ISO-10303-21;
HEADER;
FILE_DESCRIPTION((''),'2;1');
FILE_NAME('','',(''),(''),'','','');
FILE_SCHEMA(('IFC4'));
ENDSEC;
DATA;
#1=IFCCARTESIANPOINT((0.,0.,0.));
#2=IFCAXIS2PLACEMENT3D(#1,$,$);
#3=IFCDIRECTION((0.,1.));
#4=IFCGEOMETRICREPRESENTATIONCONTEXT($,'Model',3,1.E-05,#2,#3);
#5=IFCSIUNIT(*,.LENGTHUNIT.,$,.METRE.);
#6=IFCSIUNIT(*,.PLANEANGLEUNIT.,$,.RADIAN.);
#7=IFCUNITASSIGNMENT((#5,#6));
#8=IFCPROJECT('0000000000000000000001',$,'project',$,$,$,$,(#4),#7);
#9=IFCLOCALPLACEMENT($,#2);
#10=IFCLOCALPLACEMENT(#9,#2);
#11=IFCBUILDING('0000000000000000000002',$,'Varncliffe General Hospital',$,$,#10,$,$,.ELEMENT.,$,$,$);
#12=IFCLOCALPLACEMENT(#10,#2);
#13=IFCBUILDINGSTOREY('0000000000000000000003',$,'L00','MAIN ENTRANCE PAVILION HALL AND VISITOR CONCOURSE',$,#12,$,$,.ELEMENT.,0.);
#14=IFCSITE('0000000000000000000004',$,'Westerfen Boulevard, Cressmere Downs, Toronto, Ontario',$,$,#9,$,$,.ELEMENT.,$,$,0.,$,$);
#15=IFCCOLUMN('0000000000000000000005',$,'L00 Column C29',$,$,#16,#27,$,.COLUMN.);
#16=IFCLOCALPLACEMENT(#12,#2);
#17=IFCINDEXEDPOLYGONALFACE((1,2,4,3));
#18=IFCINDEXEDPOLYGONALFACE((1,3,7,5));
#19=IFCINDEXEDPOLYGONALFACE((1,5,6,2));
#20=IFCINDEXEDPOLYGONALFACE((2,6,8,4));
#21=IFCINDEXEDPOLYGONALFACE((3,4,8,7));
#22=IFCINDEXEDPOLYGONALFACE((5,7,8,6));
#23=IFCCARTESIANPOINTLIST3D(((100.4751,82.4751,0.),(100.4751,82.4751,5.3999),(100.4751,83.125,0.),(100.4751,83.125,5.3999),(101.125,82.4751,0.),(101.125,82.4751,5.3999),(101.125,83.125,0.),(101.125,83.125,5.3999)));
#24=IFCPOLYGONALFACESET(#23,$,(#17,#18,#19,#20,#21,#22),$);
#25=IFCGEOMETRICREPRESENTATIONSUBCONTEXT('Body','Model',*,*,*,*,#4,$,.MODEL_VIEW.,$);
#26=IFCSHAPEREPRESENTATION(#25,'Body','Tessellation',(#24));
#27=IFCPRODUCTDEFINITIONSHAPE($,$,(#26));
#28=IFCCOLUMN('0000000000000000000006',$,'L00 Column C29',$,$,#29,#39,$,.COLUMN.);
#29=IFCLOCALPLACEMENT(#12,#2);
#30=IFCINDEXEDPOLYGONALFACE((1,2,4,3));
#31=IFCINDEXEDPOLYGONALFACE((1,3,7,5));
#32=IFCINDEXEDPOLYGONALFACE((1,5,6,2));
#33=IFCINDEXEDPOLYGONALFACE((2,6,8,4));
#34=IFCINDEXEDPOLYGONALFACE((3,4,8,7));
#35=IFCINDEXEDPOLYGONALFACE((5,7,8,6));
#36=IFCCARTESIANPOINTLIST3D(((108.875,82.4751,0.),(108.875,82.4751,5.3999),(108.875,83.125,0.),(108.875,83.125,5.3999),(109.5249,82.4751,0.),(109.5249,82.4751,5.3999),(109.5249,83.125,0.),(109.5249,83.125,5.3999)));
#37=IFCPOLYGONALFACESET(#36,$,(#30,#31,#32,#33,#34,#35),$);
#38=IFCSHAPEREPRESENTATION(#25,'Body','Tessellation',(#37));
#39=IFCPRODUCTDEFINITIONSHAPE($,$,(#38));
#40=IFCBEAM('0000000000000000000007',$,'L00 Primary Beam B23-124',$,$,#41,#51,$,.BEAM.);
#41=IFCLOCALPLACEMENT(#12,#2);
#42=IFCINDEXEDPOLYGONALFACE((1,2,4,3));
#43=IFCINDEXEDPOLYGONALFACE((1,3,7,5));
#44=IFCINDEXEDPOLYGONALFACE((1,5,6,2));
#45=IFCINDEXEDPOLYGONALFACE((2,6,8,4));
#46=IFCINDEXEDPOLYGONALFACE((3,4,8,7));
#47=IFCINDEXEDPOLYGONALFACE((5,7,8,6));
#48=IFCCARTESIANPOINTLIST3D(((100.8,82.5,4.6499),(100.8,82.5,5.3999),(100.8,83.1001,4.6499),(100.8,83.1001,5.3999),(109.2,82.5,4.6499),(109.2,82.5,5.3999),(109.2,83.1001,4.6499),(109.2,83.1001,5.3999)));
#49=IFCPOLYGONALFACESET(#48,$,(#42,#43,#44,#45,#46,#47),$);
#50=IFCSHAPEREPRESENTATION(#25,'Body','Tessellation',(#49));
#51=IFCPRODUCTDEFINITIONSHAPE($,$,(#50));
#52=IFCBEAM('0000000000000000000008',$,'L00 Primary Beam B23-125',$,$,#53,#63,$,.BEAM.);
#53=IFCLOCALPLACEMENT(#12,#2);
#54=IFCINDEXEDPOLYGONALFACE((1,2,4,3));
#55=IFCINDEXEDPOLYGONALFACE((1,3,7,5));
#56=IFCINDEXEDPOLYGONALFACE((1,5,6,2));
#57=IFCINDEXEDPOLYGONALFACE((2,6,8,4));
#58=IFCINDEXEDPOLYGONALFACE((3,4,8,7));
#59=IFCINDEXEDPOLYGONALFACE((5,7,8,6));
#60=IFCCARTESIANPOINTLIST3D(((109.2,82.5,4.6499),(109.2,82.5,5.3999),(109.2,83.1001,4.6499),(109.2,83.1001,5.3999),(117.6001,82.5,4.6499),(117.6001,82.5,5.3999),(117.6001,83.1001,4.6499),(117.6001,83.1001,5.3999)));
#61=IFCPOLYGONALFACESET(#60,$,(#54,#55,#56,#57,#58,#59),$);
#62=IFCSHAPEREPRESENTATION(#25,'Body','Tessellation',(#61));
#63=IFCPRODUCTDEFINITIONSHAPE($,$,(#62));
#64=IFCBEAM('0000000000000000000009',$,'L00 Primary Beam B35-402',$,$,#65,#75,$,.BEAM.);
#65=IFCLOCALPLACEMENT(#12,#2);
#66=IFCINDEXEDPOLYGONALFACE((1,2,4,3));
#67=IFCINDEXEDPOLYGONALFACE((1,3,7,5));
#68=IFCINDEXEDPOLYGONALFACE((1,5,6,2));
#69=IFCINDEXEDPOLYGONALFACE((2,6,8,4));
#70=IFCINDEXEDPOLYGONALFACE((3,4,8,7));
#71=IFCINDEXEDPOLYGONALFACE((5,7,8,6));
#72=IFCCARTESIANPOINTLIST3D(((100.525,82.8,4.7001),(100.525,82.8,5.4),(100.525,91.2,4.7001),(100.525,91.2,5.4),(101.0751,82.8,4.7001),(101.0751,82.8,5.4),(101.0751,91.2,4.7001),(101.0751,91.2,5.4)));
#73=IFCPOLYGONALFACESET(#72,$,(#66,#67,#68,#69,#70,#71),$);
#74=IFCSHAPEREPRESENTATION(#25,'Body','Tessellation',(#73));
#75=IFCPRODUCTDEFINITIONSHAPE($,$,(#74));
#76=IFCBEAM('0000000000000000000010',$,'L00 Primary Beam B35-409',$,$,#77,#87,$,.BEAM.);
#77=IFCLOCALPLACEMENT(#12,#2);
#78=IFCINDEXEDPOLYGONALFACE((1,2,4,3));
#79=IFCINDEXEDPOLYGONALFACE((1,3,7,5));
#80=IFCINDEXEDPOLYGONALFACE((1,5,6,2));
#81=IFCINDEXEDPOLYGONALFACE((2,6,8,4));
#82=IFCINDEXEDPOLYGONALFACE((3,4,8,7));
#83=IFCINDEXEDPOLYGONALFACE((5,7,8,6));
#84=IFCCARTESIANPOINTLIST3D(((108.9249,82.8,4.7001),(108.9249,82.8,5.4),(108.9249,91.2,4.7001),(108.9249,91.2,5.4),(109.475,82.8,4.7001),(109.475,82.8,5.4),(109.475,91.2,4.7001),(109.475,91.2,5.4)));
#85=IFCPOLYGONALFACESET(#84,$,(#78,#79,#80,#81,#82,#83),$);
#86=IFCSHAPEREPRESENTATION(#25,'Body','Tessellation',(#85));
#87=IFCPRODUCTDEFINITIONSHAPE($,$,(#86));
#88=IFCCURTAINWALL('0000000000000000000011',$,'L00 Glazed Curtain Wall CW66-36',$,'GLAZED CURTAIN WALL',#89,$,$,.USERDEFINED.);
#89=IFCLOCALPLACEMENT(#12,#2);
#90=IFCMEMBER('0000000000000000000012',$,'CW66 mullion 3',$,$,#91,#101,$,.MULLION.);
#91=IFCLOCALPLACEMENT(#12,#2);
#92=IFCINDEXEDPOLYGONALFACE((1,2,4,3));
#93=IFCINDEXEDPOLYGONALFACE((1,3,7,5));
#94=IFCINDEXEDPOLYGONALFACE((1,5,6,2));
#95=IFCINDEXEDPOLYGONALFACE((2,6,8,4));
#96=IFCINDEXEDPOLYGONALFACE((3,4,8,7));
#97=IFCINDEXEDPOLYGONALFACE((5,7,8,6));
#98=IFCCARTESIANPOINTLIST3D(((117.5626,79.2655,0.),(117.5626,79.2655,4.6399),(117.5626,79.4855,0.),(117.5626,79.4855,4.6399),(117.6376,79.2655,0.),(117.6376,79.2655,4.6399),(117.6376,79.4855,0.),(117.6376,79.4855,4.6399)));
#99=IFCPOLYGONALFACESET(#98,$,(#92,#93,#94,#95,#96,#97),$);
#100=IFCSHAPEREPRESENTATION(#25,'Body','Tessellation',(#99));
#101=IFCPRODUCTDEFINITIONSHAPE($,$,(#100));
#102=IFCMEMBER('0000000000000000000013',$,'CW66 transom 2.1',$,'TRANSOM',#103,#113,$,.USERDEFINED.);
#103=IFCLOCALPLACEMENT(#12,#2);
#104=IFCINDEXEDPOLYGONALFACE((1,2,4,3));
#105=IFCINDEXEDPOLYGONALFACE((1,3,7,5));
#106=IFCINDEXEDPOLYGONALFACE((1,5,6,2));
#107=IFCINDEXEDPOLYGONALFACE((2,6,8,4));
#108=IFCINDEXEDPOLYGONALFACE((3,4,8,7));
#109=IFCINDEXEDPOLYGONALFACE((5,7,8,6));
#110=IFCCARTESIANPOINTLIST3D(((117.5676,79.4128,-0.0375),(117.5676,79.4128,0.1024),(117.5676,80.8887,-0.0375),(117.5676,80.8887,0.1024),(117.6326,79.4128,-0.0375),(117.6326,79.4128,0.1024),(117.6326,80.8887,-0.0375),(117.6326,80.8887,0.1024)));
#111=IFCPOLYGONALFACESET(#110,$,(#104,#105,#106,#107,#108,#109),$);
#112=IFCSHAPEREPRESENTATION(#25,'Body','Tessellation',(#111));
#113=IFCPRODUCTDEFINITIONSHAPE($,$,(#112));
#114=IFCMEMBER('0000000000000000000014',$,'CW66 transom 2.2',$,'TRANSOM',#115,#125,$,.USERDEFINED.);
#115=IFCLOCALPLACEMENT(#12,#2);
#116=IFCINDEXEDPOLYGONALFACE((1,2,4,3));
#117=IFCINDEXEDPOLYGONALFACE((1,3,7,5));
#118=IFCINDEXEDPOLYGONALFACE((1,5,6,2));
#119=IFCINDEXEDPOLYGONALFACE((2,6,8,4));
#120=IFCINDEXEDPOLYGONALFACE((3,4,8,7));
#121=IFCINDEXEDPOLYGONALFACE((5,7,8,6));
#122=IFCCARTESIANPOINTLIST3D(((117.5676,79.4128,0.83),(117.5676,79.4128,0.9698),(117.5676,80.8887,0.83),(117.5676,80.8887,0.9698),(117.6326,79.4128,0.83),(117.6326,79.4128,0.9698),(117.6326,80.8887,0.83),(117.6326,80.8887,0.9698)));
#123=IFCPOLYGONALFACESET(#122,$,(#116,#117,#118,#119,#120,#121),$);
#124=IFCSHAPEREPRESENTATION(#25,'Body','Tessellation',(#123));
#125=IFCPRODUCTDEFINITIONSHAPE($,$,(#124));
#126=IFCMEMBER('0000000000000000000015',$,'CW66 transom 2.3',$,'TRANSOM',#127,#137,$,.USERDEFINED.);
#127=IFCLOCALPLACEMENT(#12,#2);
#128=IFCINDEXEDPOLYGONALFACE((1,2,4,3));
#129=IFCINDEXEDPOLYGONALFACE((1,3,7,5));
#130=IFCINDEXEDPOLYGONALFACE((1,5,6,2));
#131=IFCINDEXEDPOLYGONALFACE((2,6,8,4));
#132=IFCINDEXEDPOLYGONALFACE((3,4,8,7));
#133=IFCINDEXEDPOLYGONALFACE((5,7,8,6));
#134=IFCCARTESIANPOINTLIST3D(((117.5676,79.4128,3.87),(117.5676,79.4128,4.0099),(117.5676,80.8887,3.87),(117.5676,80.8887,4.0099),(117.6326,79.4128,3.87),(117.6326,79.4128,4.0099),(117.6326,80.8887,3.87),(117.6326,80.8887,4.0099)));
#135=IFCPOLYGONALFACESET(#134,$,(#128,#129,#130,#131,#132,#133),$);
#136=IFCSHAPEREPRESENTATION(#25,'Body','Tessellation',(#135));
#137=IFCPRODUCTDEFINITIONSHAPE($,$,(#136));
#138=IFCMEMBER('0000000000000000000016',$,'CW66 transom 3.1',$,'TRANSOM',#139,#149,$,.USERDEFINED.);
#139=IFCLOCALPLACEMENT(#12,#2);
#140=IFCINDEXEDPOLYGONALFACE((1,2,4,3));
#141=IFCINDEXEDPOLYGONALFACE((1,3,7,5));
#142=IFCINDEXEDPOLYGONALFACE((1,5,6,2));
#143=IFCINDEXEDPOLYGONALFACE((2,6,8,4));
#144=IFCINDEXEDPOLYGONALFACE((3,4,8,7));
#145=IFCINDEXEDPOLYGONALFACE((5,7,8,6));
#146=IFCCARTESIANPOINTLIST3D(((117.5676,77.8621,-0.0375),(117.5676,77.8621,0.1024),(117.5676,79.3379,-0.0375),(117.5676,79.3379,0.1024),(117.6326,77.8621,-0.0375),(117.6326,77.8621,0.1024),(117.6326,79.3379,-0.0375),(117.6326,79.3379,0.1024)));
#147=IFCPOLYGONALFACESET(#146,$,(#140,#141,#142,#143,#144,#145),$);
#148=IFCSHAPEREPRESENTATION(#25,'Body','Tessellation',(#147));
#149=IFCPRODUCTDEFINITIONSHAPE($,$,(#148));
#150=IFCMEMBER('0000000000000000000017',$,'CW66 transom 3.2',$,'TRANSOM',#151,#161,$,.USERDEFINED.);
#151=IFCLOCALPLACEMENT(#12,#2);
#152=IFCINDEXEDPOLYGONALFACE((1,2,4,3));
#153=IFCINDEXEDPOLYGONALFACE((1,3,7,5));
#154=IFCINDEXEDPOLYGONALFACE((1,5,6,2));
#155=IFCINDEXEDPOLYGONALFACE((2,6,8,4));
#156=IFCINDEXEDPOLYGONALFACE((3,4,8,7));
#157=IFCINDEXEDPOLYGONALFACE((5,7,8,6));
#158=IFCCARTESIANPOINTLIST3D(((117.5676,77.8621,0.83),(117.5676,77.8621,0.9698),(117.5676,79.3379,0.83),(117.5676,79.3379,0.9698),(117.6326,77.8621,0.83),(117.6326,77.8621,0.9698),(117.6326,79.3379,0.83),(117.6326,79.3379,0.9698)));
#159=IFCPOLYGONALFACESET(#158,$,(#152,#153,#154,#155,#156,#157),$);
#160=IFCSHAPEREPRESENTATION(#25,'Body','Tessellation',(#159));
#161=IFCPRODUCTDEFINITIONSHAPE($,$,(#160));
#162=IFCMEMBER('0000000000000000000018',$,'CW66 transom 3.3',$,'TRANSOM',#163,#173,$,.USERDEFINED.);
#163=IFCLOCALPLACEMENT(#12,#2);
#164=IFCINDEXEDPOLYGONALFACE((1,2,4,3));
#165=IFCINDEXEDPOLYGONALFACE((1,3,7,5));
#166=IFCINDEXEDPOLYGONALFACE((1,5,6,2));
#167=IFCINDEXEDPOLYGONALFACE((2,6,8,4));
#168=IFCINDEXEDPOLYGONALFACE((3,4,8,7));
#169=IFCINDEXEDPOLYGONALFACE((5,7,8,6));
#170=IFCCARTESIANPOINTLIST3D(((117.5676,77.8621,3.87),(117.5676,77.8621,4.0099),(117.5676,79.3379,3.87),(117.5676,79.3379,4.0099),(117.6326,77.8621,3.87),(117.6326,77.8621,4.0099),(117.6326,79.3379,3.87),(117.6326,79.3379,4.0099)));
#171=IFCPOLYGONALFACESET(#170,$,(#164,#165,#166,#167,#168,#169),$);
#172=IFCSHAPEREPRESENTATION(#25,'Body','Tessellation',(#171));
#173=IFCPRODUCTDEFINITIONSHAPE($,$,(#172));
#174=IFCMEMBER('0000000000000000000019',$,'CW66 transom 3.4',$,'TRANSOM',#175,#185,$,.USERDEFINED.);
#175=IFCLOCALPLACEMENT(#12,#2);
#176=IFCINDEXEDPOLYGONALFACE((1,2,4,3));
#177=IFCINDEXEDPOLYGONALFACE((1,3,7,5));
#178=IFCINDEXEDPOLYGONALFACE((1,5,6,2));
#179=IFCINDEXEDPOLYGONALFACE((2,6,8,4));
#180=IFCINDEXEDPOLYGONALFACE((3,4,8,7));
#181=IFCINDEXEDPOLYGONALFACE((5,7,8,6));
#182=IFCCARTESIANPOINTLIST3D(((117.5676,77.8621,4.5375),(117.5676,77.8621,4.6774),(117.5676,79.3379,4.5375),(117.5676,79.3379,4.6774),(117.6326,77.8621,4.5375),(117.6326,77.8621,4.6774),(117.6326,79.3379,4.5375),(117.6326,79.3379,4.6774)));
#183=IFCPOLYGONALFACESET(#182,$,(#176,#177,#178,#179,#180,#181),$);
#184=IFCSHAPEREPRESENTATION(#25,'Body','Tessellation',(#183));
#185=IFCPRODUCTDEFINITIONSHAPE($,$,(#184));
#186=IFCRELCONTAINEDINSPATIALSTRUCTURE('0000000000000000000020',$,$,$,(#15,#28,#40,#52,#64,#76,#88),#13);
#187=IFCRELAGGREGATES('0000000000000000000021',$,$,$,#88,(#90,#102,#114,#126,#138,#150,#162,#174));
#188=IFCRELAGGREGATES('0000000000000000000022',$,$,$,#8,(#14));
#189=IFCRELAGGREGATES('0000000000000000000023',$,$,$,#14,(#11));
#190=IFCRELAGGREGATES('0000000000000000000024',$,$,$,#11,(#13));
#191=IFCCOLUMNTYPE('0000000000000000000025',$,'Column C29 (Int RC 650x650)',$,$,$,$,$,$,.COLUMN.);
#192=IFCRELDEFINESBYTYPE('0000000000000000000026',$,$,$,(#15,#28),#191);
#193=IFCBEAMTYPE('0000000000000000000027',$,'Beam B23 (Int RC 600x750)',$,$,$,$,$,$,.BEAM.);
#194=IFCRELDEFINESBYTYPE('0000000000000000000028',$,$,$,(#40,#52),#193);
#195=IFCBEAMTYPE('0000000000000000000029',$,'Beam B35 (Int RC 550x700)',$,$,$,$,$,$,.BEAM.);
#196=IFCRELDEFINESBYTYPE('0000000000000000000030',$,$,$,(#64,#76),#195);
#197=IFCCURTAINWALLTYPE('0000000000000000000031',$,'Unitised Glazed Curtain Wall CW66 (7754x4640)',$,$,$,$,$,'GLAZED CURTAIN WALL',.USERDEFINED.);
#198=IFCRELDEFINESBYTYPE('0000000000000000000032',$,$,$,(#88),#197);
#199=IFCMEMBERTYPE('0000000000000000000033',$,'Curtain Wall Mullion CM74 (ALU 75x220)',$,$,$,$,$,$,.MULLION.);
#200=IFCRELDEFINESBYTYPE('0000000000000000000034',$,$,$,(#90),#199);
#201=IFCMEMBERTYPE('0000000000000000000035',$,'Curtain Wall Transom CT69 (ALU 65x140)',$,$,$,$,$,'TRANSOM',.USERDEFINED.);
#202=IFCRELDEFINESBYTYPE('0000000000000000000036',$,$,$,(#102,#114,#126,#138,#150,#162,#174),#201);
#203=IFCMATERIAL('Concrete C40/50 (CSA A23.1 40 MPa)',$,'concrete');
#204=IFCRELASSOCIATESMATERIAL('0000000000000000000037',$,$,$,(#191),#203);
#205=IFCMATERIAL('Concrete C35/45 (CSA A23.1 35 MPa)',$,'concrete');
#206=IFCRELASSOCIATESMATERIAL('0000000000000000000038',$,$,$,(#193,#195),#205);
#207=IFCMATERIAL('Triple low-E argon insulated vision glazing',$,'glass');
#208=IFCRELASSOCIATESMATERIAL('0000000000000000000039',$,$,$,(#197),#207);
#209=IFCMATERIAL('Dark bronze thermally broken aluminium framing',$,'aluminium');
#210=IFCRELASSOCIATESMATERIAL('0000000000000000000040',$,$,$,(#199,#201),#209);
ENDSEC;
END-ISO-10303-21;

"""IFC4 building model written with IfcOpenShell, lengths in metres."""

from ifc_helpers import new_model, si_unit, direction, frame, origin, origin_2d, place, context, subcontext, project, spatial, rectangle, extrude, material, material_profile, profile_set, type_object, element, aggregate, save


model = new_model("IFC4")

# Units and contexts
model_context = context("Model", 3, precision=1e-05, world=origin(), true_north=direction((0.0, 1.0)))
body_context = subcontext(model_context, "Body", "Model", "MODEL_VIEW")
ifc_project = project(units=[si_unit("LENGTHUNIT", "METRE"), si_unit("PLANEANGLEUNIT", "RADIAN")], contexts=[model_context])

# Site, building, storey
site_placement = place(None, origin())
site = spatial("IfcSite", under=ifc_project, at=site_placement, Name="Westerfen Boulevard, Cressmere Downs, Toronto, Ontario", CompositionType="ELEMENT", RefElevation=0.0)
building_placement = place(site_placement, origin())
building = spatial("IfcBuilding", under=site, at=building_placement, Name="Varncliffe General Hospital", CompositionType="ELEMENT")
storey_placement = place(building_placement, origin())
storey = spatial("IfcBuildingStorey", under=building, at=storey_placement, Name="L00", Description="MAIN ENTRANCE PAVILION HALL AND VISITOR CONCOURSE", CompositionType="ELEMENT", Elevation=0.0)

# Columns
ifc_material_1 = material(Name="Concrete C40/50 (CSA A23.1 40 MPa)", Category="concrete")
ifc_material_profile_1 = material_profile(ifc_material_1, rectangle(XDim=0.6499, YDim=0.6499, at=origin_2d()), Name="RC 650x650")
ifc_profile_set_1 = profile_set([ifc_material_profile_1], Name="Concrete C40/50 (CSA A23.1 40 MPa)")
column_type = type_object("IfcColumnType", Name="Column C29 (Int RC 650x650)", PredefinedType="COLUMN", material=ifc_profile_set_1)
for number, where, z_axis, x_axis, name in (
    (1, (100.8, 82.8, 0.0), (0.0, 0.0, 1.0), (1.0, 0.0, 0.0), "L00 Column C29"),
    (2, (109.2, 82.8, 0.0), (0.0, 0.0, 1.0), (1.0, 0.0, 0.0), "L00 Column C29"),
):
    element("IfcColumn", number, at=place(storey_placement, frame(where, z_axis=z_axis, x_axis=x_axis)), inside=storey, type_object=column_type, Name=name, PredefinedType="COLUMN", context=body_context, shape_type="SweptSolid", body=[
        extrude(rectangle(XDim=0.6499, YDim=0.6499, at=origin_2d()), origin(), (0.0, 0.0, 1.0), 5.3999),
    ])

# Beams
ifc_material_2 = material(Name="Concrete C35/45 (CSA A23.1 35 MPa)", Category="concrete")
ifc_material_profile_2 = material_profile(ifc_material_2, rectangle(XDim=0.6001, YDim=0.75, at=origin_2d()), Name="RC 600x750")
ifc_profile_set_2 = profile_set([ifc_material_profile_2], Name="Concrete C35/45 (CSA A23.1 35 MPa)")
beam_type_1 = type_object("IfcBeamType", Name="Beam B23 (Int RC 600x750)", PredefinedType="BEAM", material=ifc_profile_set_2)
beam_1_placement = place(storey_placement, frame((100.8, 82.8, 5.0249), z_axis=(1.0, 0.0, 0.0), x_axis=(0.0, 1.0, 0.0)))
element("IfcBeam", 3, at=beam_1_placement, inside=storey, type_object=beam_type_1, Name="L00 Primary Beam B23-124", PredefinedType="BEAM", context=body_context, shape_type="SweptSolid", body=[
    extrude(rectangle(XDim=0.6001, YDim=0.75, at=origin_2d()), origin(), (0.0, 0.0, 1.0), 8.3999),
])
beam_2_placement = place(storey_placement, frame((109.2, 82.8, 5.0249), z_axis=(1.0, 0.0, 0.0), x_axis=(0.0, 1.0, 0.0)))
element("IfcBeam", 4, at=beam_2_placement, inside=storey, type_object=beam_type_1, Name="L00 Primary Beam B23-125", PredefinedType="BEAM", context=body_context, shape_type="SweptSolid", body=[
    extrude(rectangle(XDim=0.6001, YDim=0.75, at=origin_2d()), origin(), (0.0, 0.0, 1.0), 8.4001),
])
ifc_material_profile_3 = material_profile(ifc_material_2, rectangle(XDim=0.55, YDim=0.7, at=origin_2d()), Name="RC 550x700")
ifc_profile_set_3 = profile_set([ifc_material_profile_3], Name="Concrete C35/45 (CSA A23.1 35 MPa)")
beam_type_2 = type_object("IfcBeamType", Name="Beam B35 (Int RC 550x700)", PredefinedType="BEAM", material=ifc_profile_set_3)
for number, where, z_axis, x_axis, name in (
    (5, (100.8, 82.8, 5.05), (0.0, 1.0, 0.0), (-1.0, 0.0, 0.0), "L00 Primary Beam B35-402"),
    (6, (109.2, 82.8, 5.05), (0.0, 1.0, 0.0), (-1.0, 0.0, 0.0), "L00 Primary Beam B35-409"),
):
    element("IfcBeam", number, at=place(storey_placement, frame(where, z_axis=z_axis, x_axis=x_axis)), inside=storey, type_object=beam_type_2, Name=name, PredefinedType="BEAM", context=body_context, shape_type="SweptSolid", body=[
        extrude(rectangle(XDim=0.55, YDim=0.7, at=origin_2d()), origin(), (0.0, 0.0, 1.0), 8.3999),
    ])

# Curtain wall, members
ifc_material_3 = material(Name="Triple low-E argon insulated vision glazing", Category="glass")
curtain_wall_type = type_object("IfcCurtainWallType", Name="Unitised Glazed Curtain Wall CW66 (7754x4640)", ElementType="GLAZED CURTAIN WALL", PredefinedType="USERDEFINED", material=ifc_material_3)
curtain_wall_placement = place(storey_placement, origin())
curtain_wall = element("IfcCurtainWall", 7, at=curtain_wall_placement, inside=storey, type_object=curtain_wall_type, Name="L00 Glazed Curtain Wall CW66-36", ObjectType="GLAZED CURTAIN WALL", PredefinedType="USERDEFINED")
ifc_material_4 = material(Name="Dark bronze thermally broken aluminium framing", Category="aluminium")
ifc_material_profile_4 = material_profile(ifc_material_4, rectangle(XDim=0.075, YDim=0.22, at=origin_2d()), Name="ALU 75x220")
ifc_profile_set_4 = profile_set([ifc_material_profile_4], Name="Dark bronze thermally broken aluminium framing")
member_type_1 = type_object("IfcMemberType", Name="Curtain Wall Mullion CM74 (ALU 75x220)", PredefinedType="MULLION", material=ifc_profile_set_4)
member_1_placement = place(storey_placement, frame((117.6001, 79.3755, 0.0), z_axis=(0.0, 0.0, 1.0), x_axis=(1.0, 0.0, 0.0)))
member_1 = element("IfcMember", 8, at=member_1_placement, type_object=member_type_1, Name="CW66 mullion 3", PredefinedType="MULLION", context=body_context, shape_type="SweptSolid", body=[
    extrude(rectangle(XDim=0.075, YDim=0.22, at=origin_2d()), origin(), (0.0, 0.0, 1.0), 4.6399),
])
ifc_material_profile_5 = material_profile(ifc_material_4, rectangle(XDim=0.0649, YDim=0.1399, at=origin_2d()), Name="ALU 65x140")
ifc_profile_set_5 = profile_set([ifc_material_profile_5], Name="Dark bronze thermally broken aluminium framing")
member_type_2 = type_object("IfcMemberType", Name="Curtain Wall Transom CT69 (ALU 65x140)", ElementType="TRANSOM", PredefinedType="USERDEFINED", material=ifc_profile_set_5)
member_2_placement = place(storey_placement, frame((117.6001, 80.8887, 0.0325), z_axis=(0.0, -1.0, 0.0), x_axis=(1.0, 0.0, 0.0)))
member_2 = element("IfcMember", 9, at=member_2_placement, type_object=member_type_2, Name="CW66 transom 2.1", ObjectType="TRANSOM", PredefinedType="USERDEFINED", context=body_context, shape_type="SweptSolid", body=[
    extrude(rectangle(XDim=0.0649, YDim=0.1399, at=origin_2d()), origin(), (0.0, 0.0, 1.0), 1.4758),
])
member_3_placement = place(storey_placement, frame((117.6001, 80.8887, 0.8999), z_axis=(0.0, -1.0, 0.0), x_axis=(1.0, 0.0, 0.0)))
member_3 = element("IfcMember", 10, at=member_3_placement, type_object=member_type_2, Name="CW66 transom 2.2", ObjectType="TRANSOM", PredefinedType="USERDEFINED", context=body_context, shape_type="SweptSolid", body=[
    extrude(rectangle(XDim=0.0649, YDim=0.1399, at=origin_2d()), origin(), (0.0, 0.0, 1.0), 1.4758),
])
member_4_placement = place(storey_placement, frame((117.6001, 80.8887, 3.9399), z_axis=(0.0, -1.0, 0.0), x_axis=(1.0, 0.0, 0.0)))
member_4 = element("IfcMember", 11, at=member_4_placement, type_object=member_type_2, Name="CW66 transom 2.3", ObjectType="TRANSOM", PredefinedType="USERDEFINED", context=body_context, shape_type="SweptSolid", body=[
    extrude(rectangle(XDim=0.0649, YDim=0.1399, at=origin_2d()), origin(), (0.0, 0.0, 1.0), 1.4758),
])
member_5_placement = place(storey_placement, frame((117.6001, 79.3379, 0.0325), z_axis=(0.0, -1.0, 0.0), x_axis=(1.0, 0.0, 0.0)))
member_5 = element("IfcMember", 12, at=member_5_placement, type_object=member_type_2, Name="CW66 transom 3.1", ObjectType="TRANSOM", PredefinedType="USERDEFINED", context=body_context, shape_type="SweptSolid", body=[
    extrude(rectangle(XDim=0.0649, YDim=0.1399, at=origin_2d()), origin(), (0.0, 0.0, 1.0), 1.4758),
])
member_6_placement = place(storey_placement, frame((117.6001, 79.3379, 0.8999), z_axis=(0.0, -1.0, 0.0), x_axis=(1.0, 0.0, 0.0)))
member_6 = element("IfcMember", 13, at=member_6_placement, type_object=member_type_2, Name="CW66 transom 3.2", ObjectType="TRANSOM", PredefinedType="USERDEFINED", context=body_context, shape_type="SweptSolid", body=[
    extrude(rectangle(XDim=0.0649, YDim=0.1399, at=origin_2d()), origin(), (0.0, 0.0, 1.0), 1.4758),
])
member_7_placement = place(storey_placement, frame((117.6001, 79.3379, 3.9399), z_axis=(0.0, -1.0, 0.0), x_axis=(1.0, 0.0, 0.0)))
member_7 = element("IfcMember", 14, at=member_7_placement, type_object=member_type_2, Name="CW66 transom 3.3", ObjectType="TRANSOM", PredefinedType="USERDEFINED", context=body_context, shape_type="SweptSolid", body=[
    extrude(rectangle(XDim=0.0649, YDim=0.1399, at=origin_2d()), origin(), (0.0, 0.0, 1.0), 1.4758),
])
member_8_placement = place(storey_placement, frame((117.6001, 79.3379, 4.6074), z_axis=(0.0, -1.0, 0.0), x_axis=(1.0, 0.0, 0.0)))
member_8 = element("IfcMember", 15, at=member_8_placement, type_object=member_type_2, Name="CW66 transom 3.4", ObjectType="TRANSOM", PredefinedType="USERDEFINED", context=body_context, shape_type="SweptSolid", body=[
    extrude(rectangle(XDim=0.0649, YDim=0.1399, at=origin_2d()), origin(), (0.0, 0.0, 1.0), 1.4758),
])

aggregate(curtain_wall, [member_1, member_2, member_3, member_4, member_5, member_6, member_7, member_8])

save(model, "model.ifc")
